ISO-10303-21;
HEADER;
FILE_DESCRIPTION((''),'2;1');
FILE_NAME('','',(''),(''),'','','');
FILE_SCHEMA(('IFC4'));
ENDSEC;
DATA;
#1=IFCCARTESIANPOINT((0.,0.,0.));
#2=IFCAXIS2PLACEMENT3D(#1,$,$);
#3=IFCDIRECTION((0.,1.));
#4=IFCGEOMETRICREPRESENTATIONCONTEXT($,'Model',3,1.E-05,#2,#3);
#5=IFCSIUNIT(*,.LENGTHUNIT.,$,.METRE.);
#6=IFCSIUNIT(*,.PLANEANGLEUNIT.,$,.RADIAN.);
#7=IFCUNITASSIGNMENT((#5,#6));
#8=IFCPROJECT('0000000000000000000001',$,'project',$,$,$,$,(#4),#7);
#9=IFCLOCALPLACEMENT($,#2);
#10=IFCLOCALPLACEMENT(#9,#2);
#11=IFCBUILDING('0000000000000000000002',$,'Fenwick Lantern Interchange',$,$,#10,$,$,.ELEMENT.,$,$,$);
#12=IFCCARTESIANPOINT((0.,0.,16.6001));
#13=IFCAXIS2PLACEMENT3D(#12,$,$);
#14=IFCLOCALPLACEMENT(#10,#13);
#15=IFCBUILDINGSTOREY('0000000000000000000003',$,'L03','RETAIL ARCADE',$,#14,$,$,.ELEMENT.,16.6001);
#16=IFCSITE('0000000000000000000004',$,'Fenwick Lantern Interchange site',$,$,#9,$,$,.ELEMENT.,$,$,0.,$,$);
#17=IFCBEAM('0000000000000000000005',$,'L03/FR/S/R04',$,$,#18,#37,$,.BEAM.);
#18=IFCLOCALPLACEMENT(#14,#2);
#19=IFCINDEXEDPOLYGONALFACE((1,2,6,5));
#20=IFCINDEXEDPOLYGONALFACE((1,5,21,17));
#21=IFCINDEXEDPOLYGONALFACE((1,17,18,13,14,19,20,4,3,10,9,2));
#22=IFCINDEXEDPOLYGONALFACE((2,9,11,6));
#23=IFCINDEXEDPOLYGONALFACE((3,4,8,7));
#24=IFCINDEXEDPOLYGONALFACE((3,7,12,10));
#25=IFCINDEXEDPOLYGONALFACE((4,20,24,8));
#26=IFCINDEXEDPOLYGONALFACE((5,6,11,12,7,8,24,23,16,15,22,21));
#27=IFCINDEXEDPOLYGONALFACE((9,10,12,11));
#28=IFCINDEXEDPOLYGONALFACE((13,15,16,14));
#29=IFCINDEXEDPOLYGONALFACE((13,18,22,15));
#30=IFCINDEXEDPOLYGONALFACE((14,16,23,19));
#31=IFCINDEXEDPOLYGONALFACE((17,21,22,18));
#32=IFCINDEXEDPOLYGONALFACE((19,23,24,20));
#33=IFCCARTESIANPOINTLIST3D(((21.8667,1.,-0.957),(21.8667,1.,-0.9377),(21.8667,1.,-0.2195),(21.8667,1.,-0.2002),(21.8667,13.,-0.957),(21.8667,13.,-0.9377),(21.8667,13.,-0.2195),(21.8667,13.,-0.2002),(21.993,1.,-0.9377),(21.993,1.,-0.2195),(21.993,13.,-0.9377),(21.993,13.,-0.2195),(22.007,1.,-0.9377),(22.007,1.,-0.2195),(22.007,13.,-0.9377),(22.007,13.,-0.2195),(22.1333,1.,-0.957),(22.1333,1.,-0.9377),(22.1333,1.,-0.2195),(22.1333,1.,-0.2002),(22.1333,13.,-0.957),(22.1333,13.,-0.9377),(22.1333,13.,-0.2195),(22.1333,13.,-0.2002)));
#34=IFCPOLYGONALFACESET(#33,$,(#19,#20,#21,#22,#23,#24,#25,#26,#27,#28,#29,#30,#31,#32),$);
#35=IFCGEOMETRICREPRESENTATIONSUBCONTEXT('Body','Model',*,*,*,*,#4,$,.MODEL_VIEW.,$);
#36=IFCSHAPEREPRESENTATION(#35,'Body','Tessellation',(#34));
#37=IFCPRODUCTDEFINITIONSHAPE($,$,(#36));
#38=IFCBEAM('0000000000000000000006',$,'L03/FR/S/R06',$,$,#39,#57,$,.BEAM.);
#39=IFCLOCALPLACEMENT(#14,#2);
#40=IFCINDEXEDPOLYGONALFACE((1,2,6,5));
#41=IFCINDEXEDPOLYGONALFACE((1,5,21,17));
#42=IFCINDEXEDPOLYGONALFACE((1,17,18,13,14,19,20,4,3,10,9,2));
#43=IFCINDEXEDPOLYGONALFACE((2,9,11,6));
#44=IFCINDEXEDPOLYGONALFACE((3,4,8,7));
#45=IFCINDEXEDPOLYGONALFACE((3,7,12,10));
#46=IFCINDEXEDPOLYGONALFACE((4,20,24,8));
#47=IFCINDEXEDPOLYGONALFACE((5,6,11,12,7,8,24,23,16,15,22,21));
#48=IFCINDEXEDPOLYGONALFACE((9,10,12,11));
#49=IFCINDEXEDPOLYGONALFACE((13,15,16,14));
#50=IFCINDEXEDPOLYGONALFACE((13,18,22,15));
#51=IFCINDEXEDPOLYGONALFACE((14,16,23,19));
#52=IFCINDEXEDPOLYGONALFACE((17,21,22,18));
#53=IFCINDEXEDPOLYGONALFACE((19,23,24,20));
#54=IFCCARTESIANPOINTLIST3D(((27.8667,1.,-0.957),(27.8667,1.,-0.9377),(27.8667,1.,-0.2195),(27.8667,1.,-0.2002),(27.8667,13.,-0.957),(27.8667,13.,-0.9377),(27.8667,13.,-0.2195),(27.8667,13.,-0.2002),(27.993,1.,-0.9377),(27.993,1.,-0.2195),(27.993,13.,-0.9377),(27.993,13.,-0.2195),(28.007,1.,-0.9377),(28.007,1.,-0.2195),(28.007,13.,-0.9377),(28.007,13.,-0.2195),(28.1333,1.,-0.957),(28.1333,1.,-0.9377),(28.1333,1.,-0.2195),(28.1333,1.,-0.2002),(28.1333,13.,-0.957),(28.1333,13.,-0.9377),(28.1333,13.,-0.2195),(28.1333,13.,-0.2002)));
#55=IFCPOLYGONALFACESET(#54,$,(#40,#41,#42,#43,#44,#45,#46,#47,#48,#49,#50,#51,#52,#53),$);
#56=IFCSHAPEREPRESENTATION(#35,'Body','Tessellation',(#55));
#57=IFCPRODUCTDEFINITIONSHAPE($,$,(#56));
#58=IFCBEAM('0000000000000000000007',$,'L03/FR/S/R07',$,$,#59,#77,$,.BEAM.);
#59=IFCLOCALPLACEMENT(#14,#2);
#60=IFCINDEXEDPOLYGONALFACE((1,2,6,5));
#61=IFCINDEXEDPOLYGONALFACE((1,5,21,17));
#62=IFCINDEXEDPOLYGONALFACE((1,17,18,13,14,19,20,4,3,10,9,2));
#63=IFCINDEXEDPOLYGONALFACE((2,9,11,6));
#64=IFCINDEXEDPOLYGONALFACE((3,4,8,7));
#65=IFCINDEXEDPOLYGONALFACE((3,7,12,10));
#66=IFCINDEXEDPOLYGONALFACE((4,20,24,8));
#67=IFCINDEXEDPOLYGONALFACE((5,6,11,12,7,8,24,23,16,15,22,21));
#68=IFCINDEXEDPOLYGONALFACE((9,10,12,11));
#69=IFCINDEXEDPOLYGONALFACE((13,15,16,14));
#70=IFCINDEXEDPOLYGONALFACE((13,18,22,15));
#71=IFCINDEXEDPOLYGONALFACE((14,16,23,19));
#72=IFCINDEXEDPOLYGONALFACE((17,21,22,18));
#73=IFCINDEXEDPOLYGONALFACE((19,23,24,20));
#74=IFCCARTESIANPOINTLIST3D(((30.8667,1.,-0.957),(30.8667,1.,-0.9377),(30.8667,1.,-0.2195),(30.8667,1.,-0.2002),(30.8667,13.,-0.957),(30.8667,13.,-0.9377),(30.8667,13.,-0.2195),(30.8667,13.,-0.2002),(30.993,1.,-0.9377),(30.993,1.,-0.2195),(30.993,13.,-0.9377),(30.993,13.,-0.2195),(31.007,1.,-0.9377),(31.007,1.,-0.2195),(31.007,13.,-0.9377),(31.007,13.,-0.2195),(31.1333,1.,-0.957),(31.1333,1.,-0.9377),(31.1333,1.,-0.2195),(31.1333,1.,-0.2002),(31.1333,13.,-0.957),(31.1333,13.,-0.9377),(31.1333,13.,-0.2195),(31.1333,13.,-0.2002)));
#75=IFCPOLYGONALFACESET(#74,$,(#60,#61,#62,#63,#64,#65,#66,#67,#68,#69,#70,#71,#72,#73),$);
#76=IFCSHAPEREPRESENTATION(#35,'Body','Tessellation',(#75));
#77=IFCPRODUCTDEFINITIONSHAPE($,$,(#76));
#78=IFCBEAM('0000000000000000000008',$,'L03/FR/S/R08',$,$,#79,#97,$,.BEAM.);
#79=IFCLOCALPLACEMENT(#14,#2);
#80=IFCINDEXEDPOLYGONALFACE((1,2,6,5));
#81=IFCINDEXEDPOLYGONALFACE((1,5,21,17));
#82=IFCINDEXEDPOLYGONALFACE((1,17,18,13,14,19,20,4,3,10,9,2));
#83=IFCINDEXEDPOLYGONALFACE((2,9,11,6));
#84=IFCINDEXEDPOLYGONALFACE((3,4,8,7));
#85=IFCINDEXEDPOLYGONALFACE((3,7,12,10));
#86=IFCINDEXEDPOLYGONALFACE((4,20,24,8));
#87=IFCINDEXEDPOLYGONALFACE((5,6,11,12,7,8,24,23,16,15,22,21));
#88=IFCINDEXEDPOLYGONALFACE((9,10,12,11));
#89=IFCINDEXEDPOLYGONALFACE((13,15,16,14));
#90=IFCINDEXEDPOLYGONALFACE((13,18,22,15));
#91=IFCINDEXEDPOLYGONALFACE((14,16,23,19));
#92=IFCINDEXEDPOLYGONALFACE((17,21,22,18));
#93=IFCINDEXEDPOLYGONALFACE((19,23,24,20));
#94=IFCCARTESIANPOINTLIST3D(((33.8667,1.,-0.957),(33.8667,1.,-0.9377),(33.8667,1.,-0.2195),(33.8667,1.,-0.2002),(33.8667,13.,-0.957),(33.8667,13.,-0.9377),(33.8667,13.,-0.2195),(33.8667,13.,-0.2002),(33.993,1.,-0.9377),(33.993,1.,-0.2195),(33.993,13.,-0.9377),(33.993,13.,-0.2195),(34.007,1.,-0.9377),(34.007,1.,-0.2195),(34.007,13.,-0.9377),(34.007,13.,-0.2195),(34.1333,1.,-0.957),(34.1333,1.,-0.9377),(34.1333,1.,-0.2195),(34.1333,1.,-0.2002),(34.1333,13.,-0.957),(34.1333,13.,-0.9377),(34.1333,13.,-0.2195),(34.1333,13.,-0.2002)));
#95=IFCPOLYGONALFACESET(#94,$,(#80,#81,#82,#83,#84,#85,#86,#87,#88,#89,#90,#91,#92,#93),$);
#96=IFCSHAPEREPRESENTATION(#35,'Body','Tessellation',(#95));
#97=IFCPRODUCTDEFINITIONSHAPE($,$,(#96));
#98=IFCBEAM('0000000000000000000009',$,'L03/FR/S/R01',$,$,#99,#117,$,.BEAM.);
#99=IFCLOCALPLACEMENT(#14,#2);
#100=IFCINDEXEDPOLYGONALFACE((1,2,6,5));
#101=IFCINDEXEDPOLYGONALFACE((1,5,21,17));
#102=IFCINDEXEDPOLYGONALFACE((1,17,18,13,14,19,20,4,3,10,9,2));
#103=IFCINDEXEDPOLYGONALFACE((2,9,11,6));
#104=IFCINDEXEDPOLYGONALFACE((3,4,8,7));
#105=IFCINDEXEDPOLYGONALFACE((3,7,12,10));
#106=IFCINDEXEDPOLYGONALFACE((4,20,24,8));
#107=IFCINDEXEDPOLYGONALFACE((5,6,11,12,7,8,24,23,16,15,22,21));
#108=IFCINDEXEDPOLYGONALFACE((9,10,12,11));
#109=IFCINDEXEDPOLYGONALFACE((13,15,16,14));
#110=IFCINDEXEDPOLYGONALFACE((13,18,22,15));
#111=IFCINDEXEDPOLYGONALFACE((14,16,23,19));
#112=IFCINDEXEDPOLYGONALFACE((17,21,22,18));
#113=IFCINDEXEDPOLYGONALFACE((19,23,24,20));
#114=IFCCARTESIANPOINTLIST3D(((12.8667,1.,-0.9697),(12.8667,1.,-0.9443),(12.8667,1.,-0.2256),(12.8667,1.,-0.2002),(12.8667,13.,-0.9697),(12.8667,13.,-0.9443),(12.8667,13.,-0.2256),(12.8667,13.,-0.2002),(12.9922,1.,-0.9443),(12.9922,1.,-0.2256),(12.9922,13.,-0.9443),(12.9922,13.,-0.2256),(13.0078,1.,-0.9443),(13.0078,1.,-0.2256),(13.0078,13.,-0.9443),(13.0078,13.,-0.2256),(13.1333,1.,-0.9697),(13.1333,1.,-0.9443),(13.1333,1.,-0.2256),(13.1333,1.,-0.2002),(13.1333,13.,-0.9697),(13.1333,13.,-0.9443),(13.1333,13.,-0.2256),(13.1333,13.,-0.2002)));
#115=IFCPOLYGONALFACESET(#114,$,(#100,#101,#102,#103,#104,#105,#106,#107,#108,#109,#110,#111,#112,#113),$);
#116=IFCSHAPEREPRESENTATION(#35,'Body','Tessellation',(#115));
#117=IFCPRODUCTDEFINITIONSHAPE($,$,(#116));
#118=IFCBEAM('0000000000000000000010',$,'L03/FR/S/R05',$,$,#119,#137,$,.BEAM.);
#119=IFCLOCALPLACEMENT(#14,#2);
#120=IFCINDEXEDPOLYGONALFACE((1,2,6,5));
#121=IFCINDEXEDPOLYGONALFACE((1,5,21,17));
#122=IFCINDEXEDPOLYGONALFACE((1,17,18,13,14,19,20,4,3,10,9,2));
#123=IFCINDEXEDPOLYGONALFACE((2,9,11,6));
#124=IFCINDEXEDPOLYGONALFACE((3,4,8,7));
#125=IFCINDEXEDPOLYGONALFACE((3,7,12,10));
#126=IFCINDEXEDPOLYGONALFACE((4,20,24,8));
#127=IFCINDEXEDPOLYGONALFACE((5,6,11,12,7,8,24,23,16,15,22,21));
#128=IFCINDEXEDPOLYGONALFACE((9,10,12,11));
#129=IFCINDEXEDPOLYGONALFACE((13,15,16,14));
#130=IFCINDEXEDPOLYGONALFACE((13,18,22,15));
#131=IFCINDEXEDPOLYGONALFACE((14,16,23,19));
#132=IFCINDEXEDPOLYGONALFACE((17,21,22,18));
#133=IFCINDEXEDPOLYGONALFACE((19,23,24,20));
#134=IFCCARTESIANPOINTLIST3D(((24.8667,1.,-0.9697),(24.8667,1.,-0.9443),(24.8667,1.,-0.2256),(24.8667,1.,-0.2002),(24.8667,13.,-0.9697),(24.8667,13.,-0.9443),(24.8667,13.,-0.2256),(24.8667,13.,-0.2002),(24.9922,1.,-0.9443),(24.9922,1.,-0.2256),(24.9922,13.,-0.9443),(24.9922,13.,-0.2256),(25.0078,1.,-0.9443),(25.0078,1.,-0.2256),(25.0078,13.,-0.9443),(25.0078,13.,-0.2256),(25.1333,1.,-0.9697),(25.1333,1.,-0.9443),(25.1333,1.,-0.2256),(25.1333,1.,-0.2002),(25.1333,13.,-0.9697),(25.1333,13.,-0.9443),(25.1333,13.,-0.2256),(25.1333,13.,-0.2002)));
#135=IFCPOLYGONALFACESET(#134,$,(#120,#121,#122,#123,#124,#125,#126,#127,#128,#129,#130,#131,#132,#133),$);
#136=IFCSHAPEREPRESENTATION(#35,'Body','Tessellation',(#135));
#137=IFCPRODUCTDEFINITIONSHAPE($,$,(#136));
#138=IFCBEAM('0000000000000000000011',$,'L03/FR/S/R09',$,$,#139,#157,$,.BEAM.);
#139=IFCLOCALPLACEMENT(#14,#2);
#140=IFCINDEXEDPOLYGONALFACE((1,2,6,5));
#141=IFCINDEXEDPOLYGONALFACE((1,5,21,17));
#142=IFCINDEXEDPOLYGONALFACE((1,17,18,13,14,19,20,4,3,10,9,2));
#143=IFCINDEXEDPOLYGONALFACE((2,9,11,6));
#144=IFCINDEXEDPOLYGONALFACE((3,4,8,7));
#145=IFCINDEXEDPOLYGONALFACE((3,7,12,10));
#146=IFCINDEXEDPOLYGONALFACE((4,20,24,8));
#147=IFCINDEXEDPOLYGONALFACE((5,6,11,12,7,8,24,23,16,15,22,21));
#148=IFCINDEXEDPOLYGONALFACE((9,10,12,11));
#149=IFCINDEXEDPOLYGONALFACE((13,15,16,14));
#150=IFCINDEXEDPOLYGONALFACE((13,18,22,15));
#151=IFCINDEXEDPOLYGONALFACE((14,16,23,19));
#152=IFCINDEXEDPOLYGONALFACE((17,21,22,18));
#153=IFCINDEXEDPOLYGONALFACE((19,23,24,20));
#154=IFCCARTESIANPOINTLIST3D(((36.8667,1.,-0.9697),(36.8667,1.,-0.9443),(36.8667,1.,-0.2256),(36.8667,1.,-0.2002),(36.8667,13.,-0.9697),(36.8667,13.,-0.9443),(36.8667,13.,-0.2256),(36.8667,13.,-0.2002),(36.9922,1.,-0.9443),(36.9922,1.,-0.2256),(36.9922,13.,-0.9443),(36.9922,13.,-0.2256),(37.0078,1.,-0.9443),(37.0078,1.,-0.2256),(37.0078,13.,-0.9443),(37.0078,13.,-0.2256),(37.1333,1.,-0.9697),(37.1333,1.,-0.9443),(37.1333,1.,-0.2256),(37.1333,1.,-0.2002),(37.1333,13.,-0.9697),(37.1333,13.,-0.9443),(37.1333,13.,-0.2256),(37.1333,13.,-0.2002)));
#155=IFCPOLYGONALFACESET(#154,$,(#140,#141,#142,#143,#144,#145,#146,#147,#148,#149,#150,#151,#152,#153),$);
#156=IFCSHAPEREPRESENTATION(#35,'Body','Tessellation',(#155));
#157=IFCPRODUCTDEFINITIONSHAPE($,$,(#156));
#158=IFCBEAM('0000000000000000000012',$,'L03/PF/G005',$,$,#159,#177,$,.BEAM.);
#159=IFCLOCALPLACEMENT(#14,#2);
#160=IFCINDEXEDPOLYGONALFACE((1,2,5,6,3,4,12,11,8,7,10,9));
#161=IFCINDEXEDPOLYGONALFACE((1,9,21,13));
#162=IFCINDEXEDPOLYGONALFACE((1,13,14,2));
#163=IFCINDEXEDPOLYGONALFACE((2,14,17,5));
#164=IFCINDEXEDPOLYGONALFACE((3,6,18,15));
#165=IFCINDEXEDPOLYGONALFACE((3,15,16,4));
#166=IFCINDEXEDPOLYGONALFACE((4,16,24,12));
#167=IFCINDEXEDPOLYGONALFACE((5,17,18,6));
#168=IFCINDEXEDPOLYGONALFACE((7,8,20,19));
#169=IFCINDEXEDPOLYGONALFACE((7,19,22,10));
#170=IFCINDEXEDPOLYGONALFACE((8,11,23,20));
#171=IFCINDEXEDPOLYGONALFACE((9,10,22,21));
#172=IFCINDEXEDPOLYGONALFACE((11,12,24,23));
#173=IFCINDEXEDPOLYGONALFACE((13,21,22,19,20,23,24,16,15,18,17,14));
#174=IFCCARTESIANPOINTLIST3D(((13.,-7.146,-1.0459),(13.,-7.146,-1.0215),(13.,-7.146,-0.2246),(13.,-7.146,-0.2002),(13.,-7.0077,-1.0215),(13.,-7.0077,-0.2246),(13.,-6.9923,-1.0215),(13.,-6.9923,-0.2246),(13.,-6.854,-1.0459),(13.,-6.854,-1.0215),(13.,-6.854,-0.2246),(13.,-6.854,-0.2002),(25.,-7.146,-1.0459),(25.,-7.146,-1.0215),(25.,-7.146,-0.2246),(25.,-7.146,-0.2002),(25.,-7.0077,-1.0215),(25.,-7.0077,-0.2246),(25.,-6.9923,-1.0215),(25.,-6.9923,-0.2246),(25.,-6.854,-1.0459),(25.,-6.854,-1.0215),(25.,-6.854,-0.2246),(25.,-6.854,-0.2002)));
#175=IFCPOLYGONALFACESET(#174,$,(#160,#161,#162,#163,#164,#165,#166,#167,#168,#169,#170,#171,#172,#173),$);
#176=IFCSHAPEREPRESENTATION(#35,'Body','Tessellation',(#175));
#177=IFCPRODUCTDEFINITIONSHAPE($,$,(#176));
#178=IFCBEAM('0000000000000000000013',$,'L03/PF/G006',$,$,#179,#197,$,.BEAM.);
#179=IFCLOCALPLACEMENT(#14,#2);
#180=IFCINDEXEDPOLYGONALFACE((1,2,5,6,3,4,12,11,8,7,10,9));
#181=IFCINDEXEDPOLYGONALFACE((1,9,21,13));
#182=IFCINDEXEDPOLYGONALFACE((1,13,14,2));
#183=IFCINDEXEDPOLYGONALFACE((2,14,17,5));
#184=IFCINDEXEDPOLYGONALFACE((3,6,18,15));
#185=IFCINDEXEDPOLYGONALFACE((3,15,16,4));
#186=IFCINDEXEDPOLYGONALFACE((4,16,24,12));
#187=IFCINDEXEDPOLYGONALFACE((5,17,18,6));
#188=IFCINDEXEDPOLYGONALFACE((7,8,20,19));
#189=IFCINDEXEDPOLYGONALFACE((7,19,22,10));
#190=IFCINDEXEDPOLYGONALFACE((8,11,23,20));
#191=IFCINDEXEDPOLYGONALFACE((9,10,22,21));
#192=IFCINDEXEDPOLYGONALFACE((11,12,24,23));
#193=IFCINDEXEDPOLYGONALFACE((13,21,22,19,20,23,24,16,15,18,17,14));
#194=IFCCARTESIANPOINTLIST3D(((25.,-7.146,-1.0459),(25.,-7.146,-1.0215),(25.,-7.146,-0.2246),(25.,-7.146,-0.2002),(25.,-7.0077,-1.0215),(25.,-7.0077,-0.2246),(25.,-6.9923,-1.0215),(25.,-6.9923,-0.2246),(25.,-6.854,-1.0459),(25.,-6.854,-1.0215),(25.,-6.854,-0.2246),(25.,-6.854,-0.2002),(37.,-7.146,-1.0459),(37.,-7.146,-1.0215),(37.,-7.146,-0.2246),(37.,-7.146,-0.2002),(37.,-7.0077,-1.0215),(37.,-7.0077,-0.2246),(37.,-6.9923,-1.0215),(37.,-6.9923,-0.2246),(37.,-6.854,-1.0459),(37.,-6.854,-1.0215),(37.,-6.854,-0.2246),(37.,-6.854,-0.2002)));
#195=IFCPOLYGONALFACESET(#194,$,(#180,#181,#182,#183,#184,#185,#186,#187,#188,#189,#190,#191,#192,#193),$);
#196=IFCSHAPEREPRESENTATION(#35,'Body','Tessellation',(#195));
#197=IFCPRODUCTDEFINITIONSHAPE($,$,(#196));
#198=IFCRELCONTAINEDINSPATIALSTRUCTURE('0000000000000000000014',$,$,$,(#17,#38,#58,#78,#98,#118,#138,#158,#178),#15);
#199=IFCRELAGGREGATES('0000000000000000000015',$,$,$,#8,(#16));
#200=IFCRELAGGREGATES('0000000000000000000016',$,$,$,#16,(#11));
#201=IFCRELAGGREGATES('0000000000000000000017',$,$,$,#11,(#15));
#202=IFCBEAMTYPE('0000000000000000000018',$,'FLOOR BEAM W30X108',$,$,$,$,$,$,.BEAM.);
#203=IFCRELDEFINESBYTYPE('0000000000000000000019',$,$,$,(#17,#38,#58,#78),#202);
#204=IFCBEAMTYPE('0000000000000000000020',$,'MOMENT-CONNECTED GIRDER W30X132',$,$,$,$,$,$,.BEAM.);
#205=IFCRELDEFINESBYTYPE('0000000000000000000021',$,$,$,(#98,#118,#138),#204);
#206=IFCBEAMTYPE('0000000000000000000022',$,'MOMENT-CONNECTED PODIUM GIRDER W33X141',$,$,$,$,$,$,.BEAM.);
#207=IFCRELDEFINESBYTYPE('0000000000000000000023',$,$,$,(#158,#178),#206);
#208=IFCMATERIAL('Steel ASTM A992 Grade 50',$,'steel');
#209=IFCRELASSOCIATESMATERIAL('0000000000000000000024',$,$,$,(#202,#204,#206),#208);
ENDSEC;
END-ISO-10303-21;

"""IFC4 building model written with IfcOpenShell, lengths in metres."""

from ifc_helpers import new_model, si_unit, direction, frame, origin, origin_2d, place, context, subcontext, project, spatial, i_section, extrude, material, material_profile, profile_set, type_object, element, save


model = new_model("IFC4")

# Units and contexts
model_context = context("Model", 3, precision=1e-05, world=origin(), true_north=direction((0.0, 1.0)))
body_context = subcontext(model_context, "Body", "Model", "MODEL_VIEW")
ifc_project = project(units=[si_unit("LENGTHUNIT", "METRE"), si_unit("PLANEANGLEUNIT", "RADIAN")], contexts=[model_context])

# Site, building, storey
site_placement = place(None, origin())
site = spatial("IfcSite", under=ifc_project, at=site_placement, Name="Fenwick Lantern Interchange site", CompositionType="ELEMENT", RefElevation=0.0)
building_placement = place(site_placement, origin())
building = spatial("IfcBuilding", under=site, at=building_placement, Name="Fenwick Lantern Interchange", CompositionType="ELEMENT")
storey_placement = place(building_placement, frame((0.0, 0.0, 16.6001)))
storey = spatial("IfcBuildingStorey", under=building, at=storey_placement, Name="L03", Description="RETAIL ARCADE", CompositionType="ELEMENT", Elevation=16.6001)

# Shared definitions
ifc_material_1 = material(Name="Steel ASTM A992 Grade 50", Category="steel")

# Beams
ifc_material_profile_1 = material_profile(ifc_material_1, i_section(OverallWidth=0.2666, OverallDepth=0.7568, WebThickness=0.0139, FlangeThickness=0.0193, at=origin_2d()), Name="W30X108")
ifc_profile_set_1 = profile_set([ifc_material_profile_1], Name="Steel ASTM A992 Grade 50")
beam_type_1 = type_object("IfcBeamType", Name="FLOOR BEAM W30X108", PredefinedType="BEAM", material=ifc_profile_set_1)
for number, where, z_axis, x_axis, name in (
    (1, (22.0, 1.0, -0.5786), (0.0, 1.0, 0.0), (-1.0, 0.0, 0.0), "L03/FR/S/R04"),
    (2, (28.0, 1.0, -0.5786), (0.0, 1.0, 0.0), (-1.0, 0.0, 0.0), "L03/FR/S/R06"),
    (3, (31.0, 1.0, -0.5786), (0.0, 1.0, 0.0), (-1.0, 0.0, 0.0), "L03/FR/S/R07"),
    (4, (34.0, 1.0, -0.5786), (0.0, 1.0, 0.0), (-1.0, 0.0, 0.0), "L03/FR/S/R08"),
):
    element("IfcBeam", number, at=place(storey_placement, frame(where, z_axis=z_axis, x_axis=x_axis)), inside=storey, type_object=beam_type_1, Name=name, PredefinedType="BEAM", context=body_context, shape_type="SweptSolid", body=[
        extrude(i_section(OverallWidth=0.2666, OverallDepth=0.7568, WebThickness=0.0139, FlangeThickness=0.0193, at=origin_2d()), origin(), (0.0, 0.0, 1.0), 12.0),
    ])
ifc_material_profile_2 = material_profile(ifc_material_1, i_section(OverallWidth=0.2666, OverallDepth=0.7695, WebThickness=0.0156, FlangeThickness=0.0254, at=origin_2d()), Name="W30X132")
ifc_profile_set_2 = profile_set([ifc_material_profile_2], Name="Steel ASTM A992 Grade 50")
beam_type_2 = type_object("IfcBeamType", Name="MOMENT-CONNECTED GIRDER W30X132", PredefinedType="BEAM", material=ifc_profile_set_2)
for number, where, z_axis, x_axis, name in (
    (5, (13.0, 1.0, -0.585), (0.0, 1.0, 0.0), (-1.0, 0.0, 0.0), "L03/FR/S/R01"),
    (6, (25.0, 1.0, -0.585), (0.0, 1.0, 0.0), (-1.0, 0.0, 0.0), "L03/FR/S/R05"),
    (7, (37.0, 1.0, -0.585), (0.0, 1.0, 0.0), (-1.0, 0.0, 0.0), "L03/FR/S/R09"),
):
    element("IfcBeam", number, at=place(storey_placement, frame(where, z_axis=z_axis, x_axis=x_axis)), inside=storey, type_object=beam_type_2, Name=name, PredefinedType="BEAM", context=body_context, shape_type="SweptSolid", body=[
        extrude(i_section(OverallWidth=0.2666, OverallDepth=0.7695, WebThickness=0.0156, FlangeThickness=0.0254, at=origin_2d()), origin(), (0.0, 0.0, 1.0), 12.0),
    ])
ifc_material_profile_3 = material_profile(ifc_material_1, i_section(OverallWidth=0.292, OverallDepth=0.8457, WebThickness=0.0154, FlangeThickness=0.0244, at=origin_2d()), Name="W33X141")
ifc_profile_set_3 = profile_set([ifc_material_profile_3], Name="Steel ASTM A992 Grade 50")
beam_type_3 = type_object("IfcBeamType", Name="MOMENT-CONNECTED PODIUM GIRDER W33X141", PredefinedType="BEAM", material=ifc_profile_set_3)
for number, where, z_axis, x_axis, name in (
    (8, (13.0, -7.0, -0.623), (1.0, 0.0, 0.0), (0.0, 1.0, 0.0), "L03/PF/G005"),
    (9, (25.0, -7.0, -0.623), (1.0, 0.0, 0.0), (0.0, 1.0, 0.0), "L03/PF/G006"),
):
    element("IfcBeam", number, at=place(storey_placement, frame(where, z_axis=z_axis, x_axis=x_axis)), inside=storey, type_object=beam_type_3, Name=name, PredefinedType="BEAM", context=body_context, shape_type="SweptSolid", body=[
        extrude(i_section(OverallWidth=0.292, OverallDepth=0.8457, WebThickness=0.0154, FlangeThickness=0.0244, at=origin_2d()), origin(), (0.0, 0.0, 1.0), 12.0),
    ])

save(model, "model.ifc")
